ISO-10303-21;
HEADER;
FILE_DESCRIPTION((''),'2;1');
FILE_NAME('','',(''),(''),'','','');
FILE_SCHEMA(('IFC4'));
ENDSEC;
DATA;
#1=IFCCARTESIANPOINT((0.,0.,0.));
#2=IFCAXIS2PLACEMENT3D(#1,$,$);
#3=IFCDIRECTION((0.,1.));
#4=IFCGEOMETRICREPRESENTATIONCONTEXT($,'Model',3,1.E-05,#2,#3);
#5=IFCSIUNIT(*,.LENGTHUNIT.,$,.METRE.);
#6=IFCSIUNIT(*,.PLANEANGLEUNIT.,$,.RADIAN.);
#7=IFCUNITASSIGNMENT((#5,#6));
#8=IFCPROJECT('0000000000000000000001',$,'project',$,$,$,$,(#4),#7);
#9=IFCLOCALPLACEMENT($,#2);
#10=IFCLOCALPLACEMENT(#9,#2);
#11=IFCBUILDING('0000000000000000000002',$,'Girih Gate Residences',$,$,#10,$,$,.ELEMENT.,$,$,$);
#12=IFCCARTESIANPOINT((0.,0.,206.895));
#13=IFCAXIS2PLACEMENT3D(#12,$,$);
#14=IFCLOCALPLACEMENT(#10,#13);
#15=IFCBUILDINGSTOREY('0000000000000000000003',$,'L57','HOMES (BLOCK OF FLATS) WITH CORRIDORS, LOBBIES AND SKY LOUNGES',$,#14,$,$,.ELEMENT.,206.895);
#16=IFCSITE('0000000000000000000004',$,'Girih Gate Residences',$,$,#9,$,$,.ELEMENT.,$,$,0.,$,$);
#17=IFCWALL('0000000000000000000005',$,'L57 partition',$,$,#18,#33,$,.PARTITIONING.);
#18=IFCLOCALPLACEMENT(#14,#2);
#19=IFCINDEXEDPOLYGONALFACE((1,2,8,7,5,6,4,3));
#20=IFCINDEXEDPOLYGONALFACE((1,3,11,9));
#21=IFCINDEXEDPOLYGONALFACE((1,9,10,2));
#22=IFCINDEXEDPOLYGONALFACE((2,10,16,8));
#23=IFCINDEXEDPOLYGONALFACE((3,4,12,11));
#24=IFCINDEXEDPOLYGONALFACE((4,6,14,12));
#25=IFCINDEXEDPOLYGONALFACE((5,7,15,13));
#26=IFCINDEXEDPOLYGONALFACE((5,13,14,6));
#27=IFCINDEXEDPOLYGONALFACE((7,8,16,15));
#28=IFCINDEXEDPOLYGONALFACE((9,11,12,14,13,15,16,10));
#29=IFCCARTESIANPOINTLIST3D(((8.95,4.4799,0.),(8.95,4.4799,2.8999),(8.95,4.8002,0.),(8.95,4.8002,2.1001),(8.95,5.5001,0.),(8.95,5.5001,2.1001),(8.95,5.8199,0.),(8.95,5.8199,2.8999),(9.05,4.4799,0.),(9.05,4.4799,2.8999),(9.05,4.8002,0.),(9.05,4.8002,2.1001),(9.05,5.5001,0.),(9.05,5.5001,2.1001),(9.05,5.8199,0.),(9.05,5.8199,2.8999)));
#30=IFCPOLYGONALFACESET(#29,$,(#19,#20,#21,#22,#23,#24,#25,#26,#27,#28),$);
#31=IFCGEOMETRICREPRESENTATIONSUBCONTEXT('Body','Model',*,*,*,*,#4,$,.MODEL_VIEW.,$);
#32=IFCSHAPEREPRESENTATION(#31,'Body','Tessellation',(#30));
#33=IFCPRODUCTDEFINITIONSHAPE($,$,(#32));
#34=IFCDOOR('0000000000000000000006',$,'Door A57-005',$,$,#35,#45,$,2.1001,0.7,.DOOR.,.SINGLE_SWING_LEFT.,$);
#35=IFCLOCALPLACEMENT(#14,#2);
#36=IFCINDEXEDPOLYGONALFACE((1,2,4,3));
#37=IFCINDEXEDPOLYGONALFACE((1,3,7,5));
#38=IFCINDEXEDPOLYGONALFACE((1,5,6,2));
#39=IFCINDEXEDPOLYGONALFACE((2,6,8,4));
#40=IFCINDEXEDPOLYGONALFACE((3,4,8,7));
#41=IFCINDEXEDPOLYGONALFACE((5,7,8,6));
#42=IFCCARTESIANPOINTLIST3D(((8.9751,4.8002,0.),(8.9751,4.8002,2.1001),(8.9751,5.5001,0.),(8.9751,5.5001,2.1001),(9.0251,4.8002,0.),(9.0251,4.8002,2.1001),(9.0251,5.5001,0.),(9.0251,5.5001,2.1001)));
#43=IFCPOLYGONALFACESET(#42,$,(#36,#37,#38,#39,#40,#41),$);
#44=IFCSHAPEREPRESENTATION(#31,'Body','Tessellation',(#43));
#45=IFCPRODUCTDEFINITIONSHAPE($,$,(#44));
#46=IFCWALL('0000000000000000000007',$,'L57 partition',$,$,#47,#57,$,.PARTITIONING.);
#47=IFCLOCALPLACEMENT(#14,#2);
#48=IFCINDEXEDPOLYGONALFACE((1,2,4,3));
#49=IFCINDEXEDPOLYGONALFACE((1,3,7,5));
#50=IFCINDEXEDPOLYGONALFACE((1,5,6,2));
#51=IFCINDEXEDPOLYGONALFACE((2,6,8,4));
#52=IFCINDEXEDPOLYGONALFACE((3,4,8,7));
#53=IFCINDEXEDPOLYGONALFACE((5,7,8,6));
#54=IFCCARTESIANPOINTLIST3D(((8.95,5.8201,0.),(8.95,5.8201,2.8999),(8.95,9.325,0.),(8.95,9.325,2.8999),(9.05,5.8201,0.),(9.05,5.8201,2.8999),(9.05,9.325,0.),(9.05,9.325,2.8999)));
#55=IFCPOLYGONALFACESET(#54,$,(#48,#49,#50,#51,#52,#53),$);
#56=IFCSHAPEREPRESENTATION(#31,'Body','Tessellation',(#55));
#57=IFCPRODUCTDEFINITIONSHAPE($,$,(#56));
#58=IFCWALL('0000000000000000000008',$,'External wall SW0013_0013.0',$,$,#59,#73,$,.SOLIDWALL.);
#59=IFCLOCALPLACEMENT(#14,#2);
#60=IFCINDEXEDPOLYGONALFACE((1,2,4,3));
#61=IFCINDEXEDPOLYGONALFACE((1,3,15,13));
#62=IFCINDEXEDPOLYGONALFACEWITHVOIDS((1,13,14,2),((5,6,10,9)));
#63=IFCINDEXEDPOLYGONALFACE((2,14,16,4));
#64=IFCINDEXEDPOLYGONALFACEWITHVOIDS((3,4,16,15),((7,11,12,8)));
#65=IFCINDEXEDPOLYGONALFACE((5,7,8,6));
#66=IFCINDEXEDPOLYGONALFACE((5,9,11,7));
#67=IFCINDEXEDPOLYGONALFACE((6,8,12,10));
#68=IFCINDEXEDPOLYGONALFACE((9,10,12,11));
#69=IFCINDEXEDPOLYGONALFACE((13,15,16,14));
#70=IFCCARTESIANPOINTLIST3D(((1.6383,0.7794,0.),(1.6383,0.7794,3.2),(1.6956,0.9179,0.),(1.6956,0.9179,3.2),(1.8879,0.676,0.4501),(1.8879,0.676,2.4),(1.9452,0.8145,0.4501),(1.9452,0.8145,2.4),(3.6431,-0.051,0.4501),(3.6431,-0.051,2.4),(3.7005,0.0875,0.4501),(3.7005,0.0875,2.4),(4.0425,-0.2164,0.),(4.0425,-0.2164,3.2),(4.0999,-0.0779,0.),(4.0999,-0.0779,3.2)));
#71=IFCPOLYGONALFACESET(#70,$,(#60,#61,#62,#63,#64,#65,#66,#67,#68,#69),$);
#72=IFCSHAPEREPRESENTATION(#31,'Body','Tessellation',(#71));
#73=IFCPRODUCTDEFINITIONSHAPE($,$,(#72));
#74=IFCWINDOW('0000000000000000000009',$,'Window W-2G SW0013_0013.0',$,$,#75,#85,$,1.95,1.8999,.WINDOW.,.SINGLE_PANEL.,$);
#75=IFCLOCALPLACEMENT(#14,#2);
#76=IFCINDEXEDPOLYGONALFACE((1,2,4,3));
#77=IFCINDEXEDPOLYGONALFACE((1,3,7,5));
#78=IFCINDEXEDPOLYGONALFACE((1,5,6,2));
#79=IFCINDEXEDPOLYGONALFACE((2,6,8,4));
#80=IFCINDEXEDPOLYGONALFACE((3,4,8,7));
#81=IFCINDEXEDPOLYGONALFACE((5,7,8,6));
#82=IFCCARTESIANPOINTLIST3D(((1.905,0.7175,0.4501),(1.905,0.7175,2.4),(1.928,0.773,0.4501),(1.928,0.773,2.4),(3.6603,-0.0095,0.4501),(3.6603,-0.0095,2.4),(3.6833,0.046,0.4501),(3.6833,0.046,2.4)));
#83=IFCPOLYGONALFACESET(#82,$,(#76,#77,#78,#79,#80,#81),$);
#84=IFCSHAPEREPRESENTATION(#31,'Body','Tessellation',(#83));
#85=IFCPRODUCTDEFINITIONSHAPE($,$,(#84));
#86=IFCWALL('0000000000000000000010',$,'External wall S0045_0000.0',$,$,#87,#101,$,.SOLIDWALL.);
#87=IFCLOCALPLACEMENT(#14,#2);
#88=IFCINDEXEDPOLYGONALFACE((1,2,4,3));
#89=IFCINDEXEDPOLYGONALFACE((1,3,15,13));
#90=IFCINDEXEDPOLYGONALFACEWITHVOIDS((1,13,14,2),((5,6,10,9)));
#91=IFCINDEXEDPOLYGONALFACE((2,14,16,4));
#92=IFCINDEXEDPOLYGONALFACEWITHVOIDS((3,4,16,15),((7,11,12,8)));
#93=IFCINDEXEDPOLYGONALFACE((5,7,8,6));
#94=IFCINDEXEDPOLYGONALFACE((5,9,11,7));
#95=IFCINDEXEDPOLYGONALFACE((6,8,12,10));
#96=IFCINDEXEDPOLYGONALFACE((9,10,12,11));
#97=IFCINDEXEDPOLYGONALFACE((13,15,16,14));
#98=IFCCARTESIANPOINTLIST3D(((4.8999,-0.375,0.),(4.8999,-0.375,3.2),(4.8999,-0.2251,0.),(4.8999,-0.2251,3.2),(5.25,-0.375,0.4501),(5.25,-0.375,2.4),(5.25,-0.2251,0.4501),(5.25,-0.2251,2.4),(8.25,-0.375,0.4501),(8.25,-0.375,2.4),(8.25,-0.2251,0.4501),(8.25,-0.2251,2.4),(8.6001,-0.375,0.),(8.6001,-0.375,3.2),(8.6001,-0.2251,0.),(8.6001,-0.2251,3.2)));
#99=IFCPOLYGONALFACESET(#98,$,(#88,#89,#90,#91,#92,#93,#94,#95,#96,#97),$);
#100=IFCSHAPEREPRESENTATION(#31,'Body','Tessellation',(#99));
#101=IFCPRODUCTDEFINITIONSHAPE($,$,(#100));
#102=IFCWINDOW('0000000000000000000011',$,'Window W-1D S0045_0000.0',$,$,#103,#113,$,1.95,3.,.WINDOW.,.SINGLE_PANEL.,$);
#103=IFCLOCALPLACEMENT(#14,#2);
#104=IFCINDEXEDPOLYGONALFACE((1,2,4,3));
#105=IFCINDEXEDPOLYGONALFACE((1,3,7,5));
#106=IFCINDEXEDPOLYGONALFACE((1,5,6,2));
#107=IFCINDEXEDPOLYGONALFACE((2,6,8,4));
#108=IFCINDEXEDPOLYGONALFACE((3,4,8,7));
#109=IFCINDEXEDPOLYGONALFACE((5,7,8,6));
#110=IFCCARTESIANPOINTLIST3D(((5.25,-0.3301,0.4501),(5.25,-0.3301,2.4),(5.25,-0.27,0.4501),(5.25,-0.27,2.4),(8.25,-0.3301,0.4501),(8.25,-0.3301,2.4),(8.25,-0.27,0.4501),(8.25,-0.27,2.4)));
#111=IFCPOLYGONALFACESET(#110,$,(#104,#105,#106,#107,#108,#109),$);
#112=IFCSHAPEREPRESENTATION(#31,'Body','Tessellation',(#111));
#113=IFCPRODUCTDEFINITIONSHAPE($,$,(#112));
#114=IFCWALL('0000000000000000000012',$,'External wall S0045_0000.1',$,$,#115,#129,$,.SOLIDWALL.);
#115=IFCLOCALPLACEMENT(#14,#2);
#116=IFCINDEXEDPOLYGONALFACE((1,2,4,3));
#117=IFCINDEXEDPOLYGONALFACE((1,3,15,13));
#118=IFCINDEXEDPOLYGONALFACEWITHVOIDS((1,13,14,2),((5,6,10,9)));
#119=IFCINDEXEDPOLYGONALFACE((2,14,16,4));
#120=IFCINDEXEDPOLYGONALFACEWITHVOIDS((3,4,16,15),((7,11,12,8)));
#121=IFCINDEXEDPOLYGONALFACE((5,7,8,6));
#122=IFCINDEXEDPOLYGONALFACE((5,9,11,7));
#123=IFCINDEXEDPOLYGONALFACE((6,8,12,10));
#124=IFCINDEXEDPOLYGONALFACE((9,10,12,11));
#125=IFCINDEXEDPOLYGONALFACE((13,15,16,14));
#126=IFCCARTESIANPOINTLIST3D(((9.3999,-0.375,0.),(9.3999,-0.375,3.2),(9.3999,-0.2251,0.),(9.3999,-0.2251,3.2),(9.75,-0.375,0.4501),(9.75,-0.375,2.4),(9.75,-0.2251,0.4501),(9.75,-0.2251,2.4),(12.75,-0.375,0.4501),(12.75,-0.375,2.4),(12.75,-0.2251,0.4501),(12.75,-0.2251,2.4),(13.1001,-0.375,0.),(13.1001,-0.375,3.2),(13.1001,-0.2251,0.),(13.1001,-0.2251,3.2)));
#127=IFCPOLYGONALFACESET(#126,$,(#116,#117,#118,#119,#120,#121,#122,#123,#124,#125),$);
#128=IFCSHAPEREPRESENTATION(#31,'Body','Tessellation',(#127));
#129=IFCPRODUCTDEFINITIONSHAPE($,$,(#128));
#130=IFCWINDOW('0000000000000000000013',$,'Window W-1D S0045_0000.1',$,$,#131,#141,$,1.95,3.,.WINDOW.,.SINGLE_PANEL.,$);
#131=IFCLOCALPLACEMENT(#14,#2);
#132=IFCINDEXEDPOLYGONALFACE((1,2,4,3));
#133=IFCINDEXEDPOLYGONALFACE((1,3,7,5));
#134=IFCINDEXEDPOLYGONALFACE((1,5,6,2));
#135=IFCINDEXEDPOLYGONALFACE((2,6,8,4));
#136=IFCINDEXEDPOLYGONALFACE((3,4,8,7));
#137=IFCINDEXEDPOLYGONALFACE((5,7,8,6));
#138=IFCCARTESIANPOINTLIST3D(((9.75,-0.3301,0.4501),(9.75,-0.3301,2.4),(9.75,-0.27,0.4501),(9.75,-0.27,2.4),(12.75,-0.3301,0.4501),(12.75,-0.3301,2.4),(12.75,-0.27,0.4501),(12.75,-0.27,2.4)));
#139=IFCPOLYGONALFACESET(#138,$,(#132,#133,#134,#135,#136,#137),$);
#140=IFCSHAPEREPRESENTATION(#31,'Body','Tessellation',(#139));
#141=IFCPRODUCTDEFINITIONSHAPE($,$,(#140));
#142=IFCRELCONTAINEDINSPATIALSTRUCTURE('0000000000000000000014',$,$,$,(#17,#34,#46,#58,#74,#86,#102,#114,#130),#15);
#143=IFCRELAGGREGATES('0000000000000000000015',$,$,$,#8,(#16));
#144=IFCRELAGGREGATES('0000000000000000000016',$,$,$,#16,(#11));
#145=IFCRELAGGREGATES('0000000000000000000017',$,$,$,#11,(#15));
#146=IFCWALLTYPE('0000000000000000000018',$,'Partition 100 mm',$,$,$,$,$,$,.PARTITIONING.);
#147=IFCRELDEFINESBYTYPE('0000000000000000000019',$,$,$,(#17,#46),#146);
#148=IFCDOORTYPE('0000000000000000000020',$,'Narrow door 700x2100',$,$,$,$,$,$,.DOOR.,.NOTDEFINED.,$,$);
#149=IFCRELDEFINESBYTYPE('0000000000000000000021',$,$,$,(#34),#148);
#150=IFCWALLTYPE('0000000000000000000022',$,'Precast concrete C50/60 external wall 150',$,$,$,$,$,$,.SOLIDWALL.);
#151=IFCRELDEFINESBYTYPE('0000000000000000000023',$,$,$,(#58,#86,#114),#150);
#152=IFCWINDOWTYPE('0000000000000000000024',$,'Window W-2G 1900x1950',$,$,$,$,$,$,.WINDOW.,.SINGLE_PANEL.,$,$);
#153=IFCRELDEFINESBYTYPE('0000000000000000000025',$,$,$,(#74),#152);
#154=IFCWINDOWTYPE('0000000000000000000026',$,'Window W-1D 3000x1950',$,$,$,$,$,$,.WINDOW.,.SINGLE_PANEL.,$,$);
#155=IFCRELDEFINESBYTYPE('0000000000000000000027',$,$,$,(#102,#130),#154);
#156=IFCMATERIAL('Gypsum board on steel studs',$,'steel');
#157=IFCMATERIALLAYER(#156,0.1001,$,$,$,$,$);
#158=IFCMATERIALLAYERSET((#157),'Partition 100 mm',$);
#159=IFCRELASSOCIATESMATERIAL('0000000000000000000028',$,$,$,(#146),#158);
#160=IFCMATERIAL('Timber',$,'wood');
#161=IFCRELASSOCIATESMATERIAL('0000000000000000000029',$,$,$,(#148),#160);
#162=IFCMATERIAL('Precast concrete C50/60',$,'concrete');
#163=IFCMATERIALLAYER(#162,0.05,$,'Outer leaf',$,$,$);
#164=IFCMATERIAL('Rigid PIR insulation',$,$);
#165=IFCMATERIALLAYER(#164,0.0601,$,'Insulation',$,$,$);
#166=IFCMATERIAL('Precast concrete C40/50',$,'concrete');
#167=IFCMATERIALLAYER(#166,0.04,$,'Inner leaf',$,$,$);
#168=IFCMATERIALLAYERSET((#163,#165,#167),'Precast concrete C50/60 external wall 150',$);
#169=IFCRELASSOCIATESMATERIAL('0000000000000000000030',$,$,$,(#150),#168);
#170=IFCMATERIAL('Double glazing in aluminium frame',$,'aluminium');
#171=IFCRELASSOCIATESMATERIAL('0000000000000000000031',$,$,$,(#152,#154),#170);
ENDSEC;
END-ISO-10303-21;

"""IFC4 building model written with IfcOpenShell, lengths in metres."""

from ifc_helpers import new_model, si_unit, direction, frame, frame_2d, origin, place, context, subcontext, project, spatial, rectangle, extrude, material, layer, layer_set, type_object, element, fill, save


model = new_model("IFC4")

# Units and contexts
model_context = context("Model", 3, precision=1e-05, world=origin(), true_north=direction((0.0, 1.0)))
body_context = subcontext(model_context, "Body", "Model", "MODEL_VIEW")
ifc_project = project(units=[si_unit("LENGTHUNIT", "METRE"), si_unit("PLANEANGLEUNIT", "RADIAN")], contexts=[model_context])

# Site, building, storey
site_placement = place(None, origin())
site = spatial("IfcSite", under=ifc_project, at=site_placement, Name="Girih Gate Residences", CompositionType="ELEMENT", RefElevation=0.0)
building_placement = place(site_placement, origin())
building = spatial("IfcBuilding", under=site, at=building_placement, Name="Girih Gate Residences", CompositionType="ELEMENT")
storey_placement = place(building_placement, frame((0.0, 0.0, 206.895)))
storey = spatial("IfcBuildingStorey", under=building, at=storey_placement, Name="L57", Description="HOMES (BLOCK OF FLATS) WITH CORRIDORS, LOBBIES AND SKY LOUNGES", CompositionType="ELEMENT", Elevation=206.895)

# Shared definitions
ifc_material_1 = material(Name="Gypsum board on steel studs", Category="steel")
ifc_layer_1 = layer(ifc_material_1, 0.1001)
ifc_layer_set_1 = layer_set([ifc_layer_1], Name="Partition 100 mm")
wall_type_1 = type_object("IfcWallType", Name="Partition 100 mm", PredefinedType="PARTITIONING", material=ifc_layer_set_1)

# Shared definitions
ifc_material_2 = material(Name="Timber", Category="wood")

# Wall, opening, door
wall_1_placement = place(storey_placement, frame((9.0, 4.48, 0.0), z_axis=(0.0, 0.0, 1.0), x_axis=(0.0, 1.0, 0.0)))
wall_1 = element("IfcWall", 1, at=wall_1_placement, inside=storey, type_object=wall_type_1, Name="L57 partition", PredefinedType="PARTITIONING", context=body_context, shape_type="SweptSolid", body=[
    extrude(rectangle(XDim=1.3401, YDim=0.1001, at=frame_2d((0.6699, 0.0))), origin(), (0.0, 0.0, 1.0), 2.8999),
])
opening_1_placement = place(wall_1_placement, frame((0.3201, 0.0, 0.0)))
opening_1 = element("IfcOpeningElement", 2, at=opening_1_placement, cuts=wall_1, PredefinedType="OPENING", context=body_context, shape_type="SweptSolid", body=[
    extrude(rectangle(XDim=0.7, YDim=2.1001, at=frame_2d((0.3501, 1.05))), frame((0.0, 0.0601, 0.0), z_axis=(0.0, -1.0, 0.0), x_axis=(1.0, 0.0, 0.0)), (0.0, 0.0, 1.0), 0.1201),
])
door_type_1 = type_object("IfcDoorType", Name="Narrow door 700x2100", OperationType="NOTDEFINED", PredefinedType="DOOR", material=ifc_material_2)
door_1_placement = place(opening_1_placement, origin())
door_1 = element("IfcDoor", 3, at=door_1_placement, inside=storey, type_object=door_type_1, Name="Door A57-005", OperationType="SINGLE_SWING_LEFT", OverallHeight=2.1001, OverallWidth=0.7, PredefinedType="DOOR", context=body_context, shape_type="SweptSolid", body=[
    extrude(rectangle(XDim=0.7, YDim=2.1001, at=frame_2d((0.3501, 1.05))), frame((0.0, 0.0249, 0.0), z_axis=(0.0, -1.0, 0.0), x_axis=(1.0, 0.0, 0.0)), (0.0, 0.0, 1.0), 0.05),
])
fill(opening_1, door_1)

# Wall
wall_2_placement = place(storey_placement, frame((9.0, 5.8201, 0.0), z_axis=(0.0, 0.0, 1.0), x_axis=(0.0, 1.0, 0.0)))
element("IfcWall", 4, at=wall_2_placement, inside=storey, type_object=wall_type_1, Name="L57 partition", PredefinedType="PARTITIONING", context=body_context, shape_type="SweptSolid", body=[
    extrude(rectangle(XDim=3.5049, YDim=0.1001, at=frame_2d((1.7524, 0.0))), origin(), (0.0, 0.0, 1.0), 2.8999),
])

# Walls, openings, windows
ifc_material_3 = material(Name="Precast concrete C50/60", Category="concrete")
ifc_layer_2 = layer(ifc_material_3, 0.05, Name="Outer leaf")
ifc_material_4 = material(Name="Rigid PIR insulation")
ifc_layer_3 = layer(ifc_material_4, 0.0601, Name="Insulation")
ifc_material_5 = material(Name="Precast concrete C40/50", Category="concrete")
ifc_layer_4 = layer(ifc_material_5, 0.04, Name="Inner leaf")
ifc_layer_set_2 = layer_set([ifc_layer_2, ifc_layer_3, ifc_layer_4], Name="Precast concrete C50/60 external wall 150")
wall_type_2 = type_object("IfcWallType", Name="Precast concrete C50/60 external wall 150", PredefinedType="SOLIDWALL", material=ifc_layer_set_2)
wall_3_placement = place(storey_placement, frame((4.0713, -0.1472, 0.0), z_axis=(0.0, 0.0, 1.0), x_axis=(-0.923885, 0.382669, 0.0)))
wall_3 = element("IfcWall", 5, at=wall_3_placement, inside=storey, type_object=wall_type_2, Name="External wall SW0013_0013.0", PredefinedType="SOLIDWALL", context=body_context, shape_type="SweptSolid", body=[
    extrude(rectangle(XDim=2.6023, YDim=0.1499, at=frame_2d((1.3013, 0.0))), origin(), (0.0, 0.0, 1.0), 3.2),
])
opening_2_placement = place(wall_3_placement, frame((0.4324, 0.0, 0.45)))
opening_2 = element("IfcOpeningElement", 6, at=opening_2_placement, cuts=wall_3, PredefinedType="OPENING", context=body_context, shape_type="SweptSolid", body=[
    extrude(rectangle(XDim=1.8999, YDim=1.95, at=frame_2d((0.95, 0.9751))), frame((0.0, 0.085, 0.0), z_axis=(0.0, -1.0, 0.0), x_axis=(1.0, 0.0, 0.0)), (0.0, 0.0, 1.0), 0.1699),
])
ifc_material_6 = material(Name="Double glazing in aluminium frame", Category="aluminium")
window_type_1 = type_object("IfcWindowType", Name="Window W-2G 1900x1950", PartitioningType="SINGLE_PANEL", PredefinedType="WINDOW", material=ifc_material_6)
window_1_placement = place(opening_2_placement, origin())
window_1 = element("IfcWindow", 7, at=window_1_placement, inside=storey, type_object=window_type_1, Name="Window W-2G SW0013_0013.0", OverallHeight=1.95, OverallWidth=1.8999, PartitioningType="SINGLE_PANEL", PredefinedType="WINDOW", context=body_context, shape_type="SweptSolid", body=[
    extrude(rectangle(XDim=1.8999, YDim=1.95, at=frame_2d((0.95, 0.9751))), frame((0.0, 0.03, 0.0), z_axis=(0.0, -1.0, 0.0), x_axis=(1.0, 0.0, 0.0)), (0.0, 0.0, 1.0), 0.0601),
])
fill(opening_2, window_1)
wall_4_placement = place(storey_placement, frame((8.6001, -0.3, 0.0), z_axis=(0.0, 0.0, 1.0), x_axis=(-1.0, 0.0, 0.0)))
wall_4 = element("IfcWall", 8, at=wall_4_placement, inside=storey, type_object=wall_type_2, Name="External wall S0045_0000.0", PredefinedType="SOLIDWALL", context=body_context, shape_type="SweptSolid", body=[
    extrude(rectangle(XDim=3.7002, YDim=0.1499, at=frame_2d((1.8501, 0.0))), origin(), (0.0, 0.0, 1.0), 3.2),
])
opening_3_placement = place(wall_4_placement, frame((0.3501, 0.0, 0.45)))
opening_3 = element("IfcOpeningElement", 9, at=opening_3_placement, cuts=wall_4, PredefinedType="OPENING", context=body_context, shape_type="SweptSolid", body=[
    extrude(rectangle(XDim=3.0, YDim=1.95, at=frame_2d((1.5, 0.9751))), frame((0.0, 0.085, 0.0), z_axis=(0.0, -1.0, 0.0), x_axis=(1.0, 0.0, 0.0)), (0.0, 0.0, 1.0), 0.1699),
])
window_type_2 = type_object("IfcWindowType", Name="Window W-1D 3000x1950", PartitioningType="SINGLE_PANEL", PredefinedType="WINDOW", material=ifc_material_6)
window_2_placement = place(opening_3_placement, origin())
window_2 = element("IfcWindow", 10, at=window_2_placement, inside=storey, type_object=window_type_2, Name="Window W-1D S0045_0000.0", OverallHeight=1.95, OverallWidth=3.0, PartitioningType="SINGLE_PANEL", PredefinedType="WINDOW", context=body_context, shape_type="SweptSolid", body=[
    extrude(rectangle(XDim=3.0, YDim=1.95, at=frame_2d((1.5, 0.9751))), frame((0.0, 0.03, 0.0), z_axis=(0.0, -1.0, 0.0), x_axis=(1.0, 0.0, 0.0)), (0.0, 0.0, 1.0), 0.0601),
])
fill(opening_3, window_2)
wall_5_placement = place(storey_placement, frame((13.1001, -0.3, 0.0), z_axis=(0.0, 0.0, 1.0), x_axis=(-1.0, 0.0, 0.0)))
wall_5 = element("IfcWall", 11, at=wall_5_placement, inside=storey, type_object=wall_type_2, Name="External wall S0045_0000.1", PredefinedType="SOLIDWALL", context=body_context, shape_type="SweptSolid", body=[
    extrude(rectangle(XDim=3.7002, YDim=0.1499, at=frame_2d((1.8501, 0.0))), origin(), (0.0, 0.0, 1.0), 3.2),
])
opening_4_placement = place(wall_5_placement, frame((0.3501, 0.0, 0.45)))
opening_4 = element("IfcOpeningElement", 12, at=opening_4_placement, cuts=wall_5, PredefinedType="OPENING", context=body_context, shape_type="SweptSolid", body=[
    extrude(rectangle(XDim=3.0, YDim=1.95, at=frame_2d((1.5, 0.9751))), frame((0.0, 0.085, 0.0), z_axis=(0.0, -1.0, 0.0), x_axis=(1.0, 0.0, 0.0)), (0.0, 0.0, 1.0), 0.1699),
])
window_3_placement = place(opening_4_placement, origin())
window_3 = element("IfcWindow", 13, at=window_3_placement, inside=storey, type_object=window_type_2, Name="Window W-1D S0045_0000.1", OverallHeight=1.95, OverallWidth=3.0, PartitioningType="SINGLE_PANEL", PredefinedType="WINDOW", context=body_context, shape_type="SweptSolid", body=[
    extrude(rectangle(XDim=3.0, YDim=1.95, at=frame_2d((1.5, 0.9751))), frame((0.0, 0.03, 0.0), z_axis=(0.0, -1.0, 0.0), x_axis=(1.0, 0.0, 0.0)), (0.0, 0.0, 1.0), 0.0601),
])
fill(opening_4, window_3)

save(model, "model.ifc")
